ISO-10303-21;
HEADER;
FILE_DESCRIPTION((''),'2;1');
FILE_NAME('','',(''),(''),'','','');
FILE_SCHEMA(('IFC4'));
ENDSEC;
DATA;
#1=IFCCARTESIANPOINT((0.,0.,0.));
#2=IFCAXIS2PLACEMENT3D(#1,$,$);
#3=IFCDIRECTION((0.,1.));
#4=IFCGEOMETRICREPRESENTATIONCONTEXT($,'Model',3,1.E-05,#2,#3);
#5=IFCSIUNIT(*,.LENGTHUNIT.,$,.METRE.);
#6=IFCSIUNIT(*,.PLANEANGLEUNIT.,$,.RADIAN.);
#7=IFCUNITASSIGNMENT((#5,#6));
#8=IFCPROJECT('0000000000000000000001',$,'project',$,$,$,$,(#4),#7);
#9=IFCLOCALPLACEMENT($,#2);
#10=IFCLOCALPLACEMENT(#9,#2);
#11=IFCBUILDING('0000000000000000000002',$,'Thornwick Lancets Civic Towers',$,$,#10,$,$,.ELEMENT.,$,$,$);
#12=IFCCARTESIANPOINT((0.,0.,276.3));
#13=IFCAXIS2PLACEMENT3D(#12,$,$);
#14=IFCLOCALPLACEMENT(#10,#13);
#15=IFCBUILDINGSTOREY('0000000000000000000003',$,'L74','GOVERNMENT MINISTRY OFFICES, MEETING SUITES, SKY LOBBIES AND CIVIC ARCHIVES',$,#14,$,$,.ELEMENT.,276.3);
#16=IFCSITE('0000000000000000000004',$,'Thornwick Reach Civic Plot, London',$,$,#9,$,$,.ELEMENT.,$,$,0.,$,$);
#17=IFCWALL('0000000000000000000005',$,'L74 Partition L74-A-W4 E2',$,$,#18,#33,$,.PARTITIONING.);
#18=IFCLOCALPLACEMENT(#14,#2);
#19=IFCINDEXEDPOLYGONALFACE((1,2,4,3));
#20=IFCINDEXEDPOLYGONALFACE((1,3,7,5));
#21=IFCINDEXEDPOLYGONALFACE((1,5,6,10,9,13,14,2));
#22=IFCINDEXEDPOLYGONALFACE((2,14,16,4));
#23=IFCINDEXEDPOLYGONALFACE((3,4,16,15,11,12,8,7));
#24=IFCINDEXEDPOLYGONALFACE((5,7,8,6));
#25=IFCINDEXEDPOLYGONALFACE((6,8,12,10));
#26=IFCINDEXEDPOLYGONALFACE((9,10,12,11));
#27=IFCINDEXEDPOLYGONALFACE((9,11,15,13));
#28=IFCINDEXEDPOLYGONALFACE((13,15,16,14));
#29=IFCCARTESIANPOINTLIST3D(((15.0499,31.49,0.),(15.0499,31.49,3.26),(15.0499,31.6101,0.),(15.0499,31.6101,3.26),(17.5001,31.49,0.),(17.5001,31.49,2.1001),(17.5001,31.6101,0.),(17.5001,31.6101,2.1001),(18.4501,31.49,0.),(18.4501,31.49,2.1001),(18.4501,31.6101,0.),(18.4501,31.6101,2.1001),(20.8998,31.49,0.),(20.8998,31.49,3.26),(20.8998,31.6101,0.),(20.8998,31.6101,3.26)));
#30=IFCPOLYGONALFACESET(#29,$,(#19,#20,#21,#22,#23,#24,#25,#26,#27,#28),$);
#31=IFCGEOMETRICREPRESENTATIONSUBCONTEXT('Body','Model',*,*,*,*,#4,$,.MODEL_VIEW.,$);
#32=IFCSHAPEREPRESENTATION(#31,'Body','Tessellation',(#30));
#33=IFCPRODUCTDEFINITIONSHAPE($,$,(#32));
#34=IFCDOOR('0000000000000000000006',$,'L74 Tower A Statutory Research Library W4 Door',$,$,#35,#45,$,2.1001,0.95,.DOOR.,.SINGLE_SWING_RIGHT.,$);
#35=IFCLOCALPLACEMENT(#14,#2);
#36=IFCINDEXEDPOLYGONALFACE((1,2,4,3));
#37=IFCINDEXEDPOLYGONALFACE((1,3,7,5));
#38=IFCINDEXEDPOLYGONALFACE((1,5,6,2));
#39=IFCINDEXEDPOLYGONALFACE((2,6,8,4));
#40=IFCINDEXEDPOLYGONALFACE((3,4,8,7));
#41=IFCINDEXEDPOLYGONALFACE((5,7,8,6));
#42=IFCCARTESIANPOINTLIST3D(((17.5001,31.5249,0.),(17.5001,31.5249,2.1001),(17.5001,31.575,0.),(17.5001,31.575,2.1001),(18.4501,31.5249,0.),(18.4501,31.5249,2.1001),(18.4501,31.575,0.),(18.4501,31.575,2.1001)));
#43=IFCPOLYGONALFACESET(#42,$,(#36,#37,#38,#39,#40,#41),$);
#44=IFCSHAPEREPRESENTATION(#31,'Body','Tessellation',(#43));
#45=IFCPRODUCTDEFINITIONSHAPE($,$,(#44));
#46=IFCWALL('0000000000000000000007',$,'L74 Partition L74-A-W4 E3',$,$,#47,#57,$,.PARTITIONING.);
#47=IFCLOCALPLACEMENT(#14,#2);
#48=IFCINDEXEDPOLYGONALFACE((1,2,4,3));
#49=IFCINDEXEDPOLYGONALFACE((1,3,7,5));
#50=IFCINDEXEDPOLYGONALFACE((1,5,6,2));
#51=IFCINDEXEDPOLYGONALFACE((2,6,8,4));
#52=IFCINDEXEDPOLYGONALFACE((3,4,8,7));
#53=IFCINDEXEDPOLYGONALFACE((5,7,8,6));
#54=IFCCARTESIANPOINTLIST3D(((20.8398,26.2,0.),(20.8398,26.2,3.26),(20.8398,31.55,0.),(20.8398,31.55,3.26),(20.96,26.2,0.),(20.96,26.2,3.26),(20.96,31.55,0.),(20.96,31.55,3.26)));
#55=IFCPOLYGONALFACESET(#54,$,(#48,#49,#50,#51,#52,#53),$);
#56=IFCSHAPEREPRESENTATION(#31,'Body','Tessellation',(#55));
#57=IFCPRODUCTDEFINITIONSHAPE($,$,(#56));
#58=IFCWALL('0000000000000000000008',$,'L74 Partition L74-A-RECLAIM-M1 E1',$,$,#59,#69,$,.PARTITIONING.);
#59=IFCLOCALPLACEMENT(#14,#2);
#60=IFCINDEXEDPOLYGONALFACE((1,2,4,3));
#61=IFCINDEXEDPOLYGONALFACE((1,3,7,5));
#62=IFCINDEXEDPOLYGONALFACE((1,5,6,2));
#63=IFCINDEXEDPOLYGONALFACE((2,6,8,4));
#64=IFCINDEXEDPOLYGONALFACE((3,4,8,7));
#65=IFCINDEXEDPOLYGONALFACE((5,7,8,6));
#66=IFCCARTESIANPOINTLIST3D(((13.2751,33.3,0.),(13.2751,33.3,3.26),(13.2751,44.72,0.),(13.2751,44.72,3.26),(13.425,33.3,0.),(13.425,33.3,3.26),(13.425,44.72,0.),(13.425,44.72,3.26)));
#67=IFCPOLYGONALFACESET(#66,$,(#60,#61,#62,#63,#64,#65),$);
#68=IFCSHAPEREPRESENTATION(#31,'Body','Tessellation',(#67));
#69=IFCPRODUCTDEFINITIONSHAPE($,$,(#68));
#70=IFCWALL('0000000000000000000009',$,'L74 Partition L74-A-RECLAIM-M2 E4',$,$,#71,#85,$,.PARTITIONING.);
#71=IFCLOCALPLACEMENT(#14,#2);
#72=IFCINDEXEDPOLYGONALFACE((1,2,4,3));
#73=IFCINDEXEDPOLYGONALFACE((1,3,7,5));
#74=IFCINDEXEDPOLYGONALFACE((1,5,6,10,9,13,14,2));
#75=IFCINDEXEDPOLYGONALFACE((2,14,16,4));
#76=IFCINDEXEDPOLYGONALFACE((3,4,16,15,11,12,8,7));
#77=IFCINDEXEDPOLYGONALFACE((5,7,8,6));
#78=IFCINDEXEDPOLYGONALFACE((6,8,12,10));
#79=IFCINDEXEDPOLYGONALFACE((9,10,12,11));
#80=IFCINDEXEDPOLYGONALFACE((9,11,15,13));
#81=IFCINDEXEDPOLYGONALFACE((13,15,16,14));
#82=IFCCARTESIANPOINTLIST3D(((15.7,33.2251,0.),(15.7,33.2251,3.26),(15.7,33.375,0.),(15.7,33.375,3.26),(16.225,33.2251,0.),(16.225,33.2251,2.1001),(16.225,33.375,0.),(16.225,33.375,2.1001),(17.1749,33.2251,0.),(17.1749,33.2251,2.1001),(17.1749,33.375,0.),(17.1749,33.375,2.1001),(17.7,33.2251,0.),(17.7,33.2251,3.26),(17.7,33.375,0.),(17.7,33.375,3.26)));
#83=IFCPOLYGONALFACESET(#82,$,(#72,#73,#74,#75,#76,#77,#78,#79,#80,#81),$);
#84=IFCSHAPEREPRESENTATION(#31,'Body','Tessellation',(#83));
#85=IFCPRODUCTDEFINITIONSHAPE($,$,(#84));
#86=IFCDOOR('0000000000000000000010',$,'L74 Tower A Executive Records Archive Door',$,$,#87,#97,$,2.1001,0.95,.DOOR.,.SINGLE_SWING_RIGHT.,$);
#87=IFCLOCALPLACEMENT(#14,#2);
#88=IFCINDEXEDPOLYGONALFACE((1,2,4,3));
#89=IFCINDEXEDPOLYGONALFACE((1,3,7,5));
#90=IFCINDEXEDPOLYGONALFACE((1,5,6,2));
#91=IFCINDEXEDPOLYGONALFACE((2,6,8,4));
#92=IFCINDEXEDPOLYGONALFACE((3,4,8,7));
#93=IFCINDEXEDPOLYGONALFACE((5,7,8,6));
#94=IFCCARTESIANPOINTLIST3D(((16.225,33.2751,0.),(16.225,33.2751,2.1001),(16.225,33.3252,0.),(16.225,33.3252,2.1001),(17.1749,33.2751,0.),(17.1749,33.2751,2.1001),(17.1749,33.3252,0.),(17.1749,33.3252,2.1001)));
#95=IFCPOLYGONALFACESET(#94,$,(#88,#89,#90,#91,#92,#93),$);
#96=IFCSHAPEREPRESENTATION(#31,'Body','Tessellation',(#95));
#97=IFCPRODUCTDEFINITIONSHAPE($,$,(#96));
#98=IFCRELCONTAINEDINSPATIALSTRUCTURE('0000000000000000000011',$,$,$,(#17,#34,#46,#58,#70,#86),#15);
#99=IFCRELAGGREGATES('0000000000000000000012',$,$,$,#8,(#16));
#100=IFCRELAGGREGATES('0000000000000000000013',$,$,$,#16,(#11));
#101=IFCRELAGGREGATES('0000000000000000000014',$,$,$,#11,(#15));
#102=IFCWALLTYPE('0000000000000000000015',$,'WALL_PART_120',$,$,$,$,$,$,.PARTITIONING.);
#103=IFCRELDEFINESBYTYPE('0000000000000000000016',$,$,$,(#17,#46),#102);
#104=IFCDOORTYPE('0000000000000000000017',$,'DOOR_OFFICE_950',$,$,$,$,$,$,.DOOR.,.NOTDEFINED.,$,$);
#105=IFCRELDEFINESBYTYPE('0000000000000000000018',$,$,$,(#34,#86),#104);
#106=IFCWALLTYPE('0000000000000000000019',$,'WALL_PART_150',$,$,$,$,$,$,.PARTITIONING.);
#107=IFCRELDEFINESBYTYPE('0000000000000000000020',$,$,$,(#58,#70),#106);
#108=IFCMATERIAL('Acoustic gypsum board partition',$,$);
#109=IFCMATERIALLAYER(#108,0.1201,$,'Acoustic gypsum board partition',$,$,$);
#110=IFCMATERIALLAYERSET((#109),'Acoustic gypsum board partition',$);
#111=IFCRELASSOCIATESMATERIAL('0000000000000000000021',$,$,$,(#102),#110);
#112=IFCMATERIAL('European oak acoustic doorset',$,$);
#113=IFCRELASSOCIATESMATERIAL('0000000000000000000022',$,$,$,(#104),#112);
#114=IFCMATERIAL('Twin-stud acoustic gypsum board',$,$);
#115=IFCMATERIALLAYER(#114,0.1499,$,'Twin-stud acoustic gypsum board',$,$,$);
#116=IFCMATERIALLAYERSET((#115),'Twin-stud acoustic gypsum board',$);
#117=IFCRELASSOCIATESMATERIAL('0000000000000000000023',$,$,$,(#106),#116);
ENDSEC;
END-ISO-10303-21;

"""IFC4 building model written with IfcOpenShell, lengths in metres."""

from ifc_helpers import new_model, si_unit, direction, frame, frame_2d, origin, place, context, subcontext, project, spatial, rectangle, extrude, material, layer, layer_set, type_object, element, fill, save


model = new_model("IFC4")

# Units and contexts
model_context = context("Model", 3, precision=1e-05, world=origin(), true_north=direction((0.0, 1.0)))
body_context = subcontext(model_context, "Body", "Model", "MODEL_VIEW")
ifc_project = project(units=[si_unit("LENGTHUNIT", "METRE"), si_unit("PLANEANGLEUNIT", "RADIAN")], contexts=[model_context])

# Site, building, storey
site_placement = place(None, origin())
site = spatial("IfcSite", under=ifc_project, at=site_placement, Name="Thornwick Reach Civic Plot, London", CompositionType="ELEMENT", RefElevation=0.0)
building_placement = place(site_placement, origin())
building = spatial("IfcBuilding", under=site, at=building_placement, Name="Thornwick Lancets Civic Towers", CompositionType="ELEMENT")
storey_placement = place(building_placement, frame((0.0, 0.0, 276.3)))
storey = spatial("IfcBuildingStorey", under=building, at=storey_placement, Name="L74", Description="GOVERNMENT MINISTRY OFFICES, MEETING SUITES, SKY LOBBIES AND CIVIC ARCHIVES", CompositionType="ELEMENT", Elevation=276.3)

# Shared definitions
ifc_material_1 = material(Name="Acoustic gypsum board partition")
ifc_layer_1 = layer(ifc_material_1, 0.1201, Name="Acoustic gypsum board partition")
ifc_layer_set_1 = layer_set([ifc_layer_1], Name="Acoustic gypsum board partition")
wall_type_1 = type_object("IfcWallType", Name="WALL_PART_120", PredefinedType="PARTITIONING", material=ifc_layer_set_1)

# Shared definitions
ifc_material_2 = material(Name="European oak acoustic doorset")
door_type_1 = type_object("IfcDoorType", Name="DOOR_OFFICE_950", OperationType="NOTDEFINED", PredefinedType="DOOR", material=ifc_material_2)

# Wall, opening, door
wall_1_placement = place(storey_placement, frame((15.05, 31.55, 0.0), z_axis=(0.0, 0.0, 1.0), x_axis=(1.0, 0.0, 0.0)))
wall_1 = element("IfcWall", 1, at=wall_1_placement, inside=storey, type_object=wall_type_1, Name="L74 Partition L74-A-W4 E2", PredefinedType="PARTITIONING", context=body_context, shape_type="SweptSolid", body=[
    extrude(rectangle(XDim=5.8499, YDim=0.1201, at=frame_2d((2.9248, 0.0))), origin(), (0.0, 0.0, 1.0), 3.26),
])
opening_1_placement = place(wall_1_placement, frame((2.45, 0.0, 0.0)))
opening_1 = element("IfcOpeningElement", 2, at=opening_1_placement, cuts=wall_1, PredefinedType="OPENING", context=body_context, shape_type="SweptSolid", body=[
    extrude(rectangle(XDim=0.95, YDim=2.1001, at=frame_2d((0.4751, 1.05))), frame((0.0, 0.0701, 0.0), z_axis=(0.0, -1.0, 0.0), x_axis=(1.0, 0.0, 0.0)), (0.0, 0.0, 1.0), 0.1401),
])
door_1_placement = place(opening_1_placement, origin())
door_1 = element("IfcDoor", 3, at=door_1_placement, inside=storey, type_object=door_type_1, Name="L74 Tower A Statutory Research Library W4 Door", OperationType="SINGLE_SWING_RIGHT", OverallHeight=2.1001, OverallWidth=0.95, PredefinedType="DOOR", context=body_context, shape_type="SweptSolid", body=[
    extrude(rectangle(XDim=0.95, YDim=2.1001, at=frame_2d((0.4751, 1.05))), frame((0.0, 0.0249, 0.0), z_axis=(0.0, -1.0, 0.0), x_axis=(1.0, 0.0, 0.0)), (0.0, 0.0, 1.0), 0.05),
])
fill(opening_1, door_1)

# Walls
wall_2_placement = place(storey_placement, frame((20.8999, 31.55, 0.0), z_axis=(0.0, 0.0, 1.0), x_axis=(0.0, -1.0, 0.0)))
element("IfcWall", 4, at=wall_2_placement, inside=storey, type_object=wall_type_1, Name="L74 Partition L74-A-W4 E3", PredefinedType="PARTITIONING", context=body_context, shape_type="SweptSolid", body=[
    extrude(rectangle(XDim=5.3501, YDim=0.1201, at=frame_2d((2.675, 0.0))), origin(), (0.0, 0.0, 1.0), 3.26),
])
ifc_material_3 = material(Name="Twin-stud acoustic gypsum board")
ifc_layer_2 = layer(ifc_material_3, 0.1499, Name="Twin-stud acoustic gypsum board")
ifc_layer_set_2 = layer_set([ifc_layer_2], Name="Twin-stud acoustic gypsum board")
wall_type_2 = type_object("IfcWallType", Name="WALL_PART_150", PredefinedType="PARTITIONING", material=ifc_layer_set_2)
wall_3_placement = place(storey_placement, frame((13.3501, 33.3, 0.0), z_axis=(0.0, 0.0, 1.0), x_axis=(0.0, 1.0, 0.0)))
element("IfcWall", 5, at=wall_3_placement, inside=storey, type_object=wall_type_2, Name="L74 Partition L74-A-RECLAIM-M1 E1", PredefinedType="PARTITIONING", context=body_context, shape_type="SweptSolid", body=[
    extrude(rectangle(XDim=11.4199, YDim=0.1499, at=frame_2d((5.71, 0.0))), origin(), (0.0, 0.0, 1.0), 3.26),
])

# Wall, opening, door
wall_4_placement = place(storey_placement, frame((17.7, 33.3, 0.0), z_axis=(0.0, 0.0, 1.0), x_axis=(-1.0, 0.0, 0.0)))
wall_4 = element("IfcWall", 6, at=wall_4_placement, inside=storey, type_object=wall_type_2, Name="L74 Partition L74-A-RECLAIM-M2 E4", PredefinedType="PARTITIONING", context=body_context, shape_type="SweptSolid", body=[
    extrude(rectangle(XDim=2.0, YDim=0.1499, at=frame_2d((1.0, 0.0))), origin(), (0.0, 0.0, 1.0), 3.26),
])
opening_2_placement = place(wall_4_placement, frame((0.5249, 0.0, 0.0)))
opening_2 = element("IfcOpeningElement", 7, at=opening_2_placement, cuts=wall_4, PredefinedType="OPENING", context=body_context, shape_type="SweptSolid", body=[
    extrude(rectangle(XDim=0.95, YDim=2.1001, at=frame_2d((0.4751, 1.05))), frame((0.0, 0.085, 0.0), z_axis=(0.0, -1.0, 0.0), x_axis=(1.0, 0.0, 0.0)), (0.0, 0.0, 1.0), 0.1699),
])
door_2_placement = place(opening_2_placement, origin())
door_2 = element("IfcDoor", 8, at=door_2_placement, inside=storey, type_object=door_type_1, Name="L74 Tower A Executive Records Archive Door", OperationType="SINGLE_SWING_RIGHT", OverallHeight=2.1001, OverallWidth=0.95, PredefinedType="DOOR", context=body_context, shape_type="SweptSolid", body=[
    extrude(rectangle(XDim=0.95, YDim=2.1001, at=frame_2d((0.4751, 1.05))), frame((0.0, 0.0249, 0.0), z_axis=(0.0, -1.0, 0.0), x_axis=(1.0, 0.0, 0.0)), (0.0, 0.0, 1.0), 0.05),
])
fill(opening_2, door_2)

save(model, "model.ifc")
